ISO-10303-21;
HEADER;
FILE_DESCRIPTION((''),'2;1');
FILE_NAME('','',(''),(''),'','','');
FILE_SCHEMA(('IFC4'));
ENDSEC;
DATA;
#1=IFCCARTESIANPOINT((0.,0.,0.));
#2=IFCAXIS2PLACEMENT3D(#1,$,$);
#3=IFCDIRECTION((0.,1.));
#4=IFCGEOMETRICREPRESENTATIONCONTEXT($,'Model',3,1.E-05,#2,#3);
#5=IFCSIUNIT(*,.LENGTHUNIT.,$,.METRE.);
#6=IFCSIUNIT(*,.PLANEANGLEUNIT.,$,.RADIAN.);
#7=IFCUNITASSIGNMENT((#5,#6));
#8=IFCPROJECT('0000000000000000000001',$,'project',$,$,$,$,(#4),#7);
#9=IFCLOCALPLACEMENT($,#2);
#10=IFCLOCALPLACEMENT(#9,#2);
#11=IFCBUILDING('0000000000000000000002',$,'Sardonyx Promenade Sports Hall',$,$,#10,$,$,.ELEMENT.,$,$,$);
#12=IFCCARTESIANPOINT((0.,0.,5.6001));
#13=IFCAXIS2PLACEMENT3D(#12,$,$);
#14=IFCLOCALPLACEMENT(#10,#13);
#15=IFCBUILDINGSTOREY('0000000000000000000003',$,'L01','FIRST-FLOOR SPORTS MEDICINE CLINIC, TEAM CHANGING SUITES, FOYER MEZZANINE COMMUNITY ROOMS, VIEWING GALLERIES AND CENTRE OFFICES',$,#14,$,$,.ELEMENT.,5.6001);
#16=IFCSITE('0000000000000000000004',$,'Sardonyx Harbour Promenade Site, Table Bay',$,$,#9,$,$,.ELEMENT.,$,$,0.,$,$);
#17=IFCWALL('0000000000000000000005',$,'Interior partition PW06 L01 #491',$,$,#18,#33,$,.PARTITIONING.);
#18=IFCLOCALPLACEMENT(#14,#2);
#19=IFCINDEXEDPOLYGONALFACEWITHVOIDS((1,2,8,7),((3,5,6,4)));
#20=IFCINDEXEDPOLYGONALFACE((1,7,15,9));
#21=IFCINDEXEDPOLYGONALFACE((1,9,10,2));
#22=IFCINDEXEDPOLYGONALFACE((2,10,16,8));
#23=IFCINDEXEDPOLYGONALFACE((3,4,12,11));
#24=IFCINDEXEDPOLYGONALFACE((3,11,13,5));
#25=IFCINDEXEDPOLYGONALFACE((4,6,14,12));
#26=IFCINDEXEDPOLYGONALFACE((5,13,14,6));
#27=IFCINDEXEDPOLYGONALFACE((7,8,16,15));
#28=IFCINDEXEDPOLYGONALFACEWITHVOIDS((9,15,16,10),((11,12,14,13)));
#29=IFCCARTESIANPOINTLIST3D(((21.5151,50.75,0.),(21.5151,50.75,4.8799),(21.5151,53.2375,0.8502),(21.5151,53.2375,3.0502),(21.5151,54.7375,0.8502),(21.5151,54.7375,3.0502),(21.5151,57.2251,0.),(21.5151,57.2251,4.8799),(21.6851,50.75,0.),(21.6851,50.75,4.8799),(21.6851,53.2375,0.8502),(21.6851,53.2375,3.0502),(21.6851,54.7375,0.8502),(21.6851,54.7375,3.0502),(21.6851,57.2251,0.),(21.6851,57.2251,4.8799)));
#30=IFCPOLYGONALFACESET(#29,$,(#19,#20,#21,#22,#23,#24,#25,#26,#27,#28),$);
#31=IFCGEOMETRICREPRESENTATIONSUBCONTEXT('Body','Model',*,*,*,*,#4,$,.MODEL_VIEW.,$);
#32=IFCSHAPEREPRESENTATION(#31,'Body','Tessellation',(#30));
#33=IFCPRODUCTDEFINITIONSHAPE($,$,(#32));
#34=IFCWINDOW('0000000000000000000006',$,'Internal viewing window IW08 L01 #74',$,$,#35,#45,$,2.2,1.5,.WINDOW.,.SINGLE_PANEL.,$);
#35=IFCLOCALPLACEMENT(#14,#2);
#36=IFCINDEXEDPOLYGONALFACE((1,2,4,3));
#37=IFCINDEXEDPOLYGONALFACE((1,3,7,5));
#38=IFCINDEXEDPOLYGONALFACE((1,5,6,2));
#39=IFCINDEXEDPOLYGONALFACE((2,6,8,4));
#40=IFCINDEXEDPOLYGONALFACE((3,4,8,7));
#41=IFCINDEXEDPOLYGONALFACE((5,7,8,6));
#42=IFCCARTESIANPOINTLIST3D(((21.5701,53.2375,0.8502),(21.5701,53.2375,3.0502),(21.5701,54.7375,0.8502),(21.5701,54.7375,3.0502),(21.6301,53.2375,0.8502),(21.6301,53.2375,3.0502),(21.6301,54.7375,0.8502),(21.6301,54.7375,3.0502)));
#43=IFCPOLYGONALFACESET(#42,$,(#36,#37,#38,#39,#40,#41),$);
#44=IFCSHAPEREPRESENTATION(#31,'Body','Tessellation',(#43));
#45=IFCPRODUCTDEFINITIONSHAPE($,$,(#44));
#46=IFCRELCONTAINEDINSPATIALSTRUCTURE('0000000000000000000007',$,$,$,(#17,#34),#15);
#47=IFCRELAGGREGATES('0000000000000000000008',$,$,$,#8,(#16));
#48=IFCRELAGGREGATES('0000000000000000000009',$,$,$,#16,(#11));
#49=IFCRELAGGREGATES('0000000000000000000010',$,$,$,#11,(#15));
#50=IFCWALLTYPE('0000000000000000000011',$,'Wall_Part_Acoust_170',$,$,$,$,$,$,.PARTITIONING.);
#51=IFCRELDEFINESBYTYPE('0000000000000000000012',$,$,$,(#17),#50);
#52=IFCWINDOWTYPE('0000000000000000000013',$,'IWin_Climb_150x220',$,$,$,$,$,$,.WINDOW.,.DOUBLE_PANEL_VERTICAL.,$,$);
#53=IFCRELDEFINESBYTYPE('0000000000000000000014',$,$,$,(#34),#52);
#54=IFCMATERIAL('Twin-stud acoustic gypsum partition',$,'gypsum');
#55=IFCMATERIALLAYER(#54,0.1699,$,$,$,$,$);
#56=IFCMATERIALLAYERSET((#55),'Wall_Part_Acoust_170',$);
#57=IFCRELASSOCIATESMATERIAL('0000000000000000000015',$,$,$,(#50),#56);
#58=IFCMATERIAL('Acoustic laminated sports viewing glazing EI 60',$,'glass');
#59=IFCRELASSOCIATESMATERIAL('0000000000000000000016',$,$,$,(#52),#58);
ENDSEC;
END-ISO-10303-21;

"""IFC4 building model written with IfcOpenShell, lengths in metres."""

from ifc_helpers import new_model, si_unit, direction, frame, frame_2d, origin, place, context, subcontext, project, spatial, rectangle, extrude, material, layer, layer_set, type_object, element, fill, save


model = new_model("IFC4")

# Units and contexts
model_context = context("Model", 3, precision=1e-05, world=origin(), true_north=direction((0.0, 1.0)))
body_context = subcontext(model_context, "Body", "Model", "MODEL_VIEW")
ifc_project = project(units=[si_unit("LENGTHUNIT", "METRE"), si_unit("PLANEANGLEUNIT", "RADIAN")], contexts=[model_context])

# Site, building, storey
site_placement = place(None, origin())
site = spatial("IfcSite", under=ifc_project, at=site_placement, Name="Sardonyx Harbour Promenade Site, Table Bay", CompositionType="ELEMENT", RefElevation=0.0)
building_placement = place(site_placement, origin())
building = spatial("IfcBuilding", under=site, at=building_placement, Name="Sardonyx Promenade Sports Hall", CompositionType="ELEMENT")
storey_placement = place(building_placement, frame((0.0, 0.0, 5.6001)))
storey = spatial("IfcBuildingStorey", under=building, at=storey_placement, Name="L01", Description="FIRST-FLOOR SPORTS MEDICINE CLINIC, TEAM CHANGING SUITES, FOYER MEZZANINE COMMUNITY ROOMS, VIEWING GALLERIES AND CENTRE OFFICES", CompositionType="ELEMENT", Elevation=5.6001)

# Wall, opening, window
ifc_material_1 = material(Name="Twin-stud acoustic gypsum partition", Category="gypsum")
ifc_layer_1 = layer(ifc_material_1, 0.1699)
ifc_layer_set_1 = layer_set([ifc_layer_1], Name="Wall_Part_Acoust_170")
wall_type = type_object("IfcWallType", Name="Wall_Part_Acoust_170", PredefinedType="PARTITIONING", material=ifc_layer_set_1)
wall_placement = place(storey_placement, frame((21.6001, 50.75, 0.0), z_axis=(0.0, 0.0, 1.0), x_axis=(0.0, 1.0, 0.0)))
wall = element("IfcWall", 1, at=wall_placement, inside=storey, type_object=wall_type, Name="Interior partition PW06 L01 #491", PredefinedType="PARTITIONING", context=body_context, shape_type="SweptSolid", body=[
    extrude(rectangle(XDim=6.4751, YDim=0.1699, at=frame_2d((3.2375, 0.0))), origin(), (0.0, 0.0, 1.0), 4.8799),
])
opening_placement = place(wall_placement, frame((2.4875, 0.0, 0.8501)))
opening = element("IfcOpeningElement", 2, at=opening_placement, cuts=wall, PredefinedType="OPENING", context=body_context, shape_type="SweptSolid", body=[
    extrude(rectangle(XDim=1.5, YDim=2.2, at=frame_2d((0.75, 1.1001))), frame((0.0, 0.095, 0.0), z_axis=(0.0, -1.0, 0.0), x_axis=(1.0, 0.0, 0.0)), (0.0, 0.0, 1.0), 0.19),
])
ifc_material_2 = material(Name="Acoustic laminated sports viewing glazing EI 60", Category="glass")
window_type = type_object("IfcWindowType", Name="IWin_Climb_150x220", PartitioningType="DOUBLE_PANEL_VERTICAL", PredefinedType="WINDOW", material=ifc_material_2)
window_placement = place(opening_placement, origin())
window = element("IfcWindow", 3, at=window_placement, inside=storey, type_object=window_type, Name="Internal viewing window IW08 L01 #74", OverallHeight=2.2, OverallWidth=1.5, PartitioningType="SINGLE_PANEL", PredefinedType="WINDOW", context=body_context, shape_type="SweptSolid", body=[
    extrude(rectangle(XDim=1.5, YDim=2.2, at=frame_2d((0.75, 1.1001))), frame((0.0, 0.03, 0.0), z_axis=(0.0, -1.0, 0.0), x_axis=(1.0, 0.0, 0.0)), (0.0, 0.0, 1.0), 0.0601),
])
fill(opening, window)

save(model, "model.ifc")
